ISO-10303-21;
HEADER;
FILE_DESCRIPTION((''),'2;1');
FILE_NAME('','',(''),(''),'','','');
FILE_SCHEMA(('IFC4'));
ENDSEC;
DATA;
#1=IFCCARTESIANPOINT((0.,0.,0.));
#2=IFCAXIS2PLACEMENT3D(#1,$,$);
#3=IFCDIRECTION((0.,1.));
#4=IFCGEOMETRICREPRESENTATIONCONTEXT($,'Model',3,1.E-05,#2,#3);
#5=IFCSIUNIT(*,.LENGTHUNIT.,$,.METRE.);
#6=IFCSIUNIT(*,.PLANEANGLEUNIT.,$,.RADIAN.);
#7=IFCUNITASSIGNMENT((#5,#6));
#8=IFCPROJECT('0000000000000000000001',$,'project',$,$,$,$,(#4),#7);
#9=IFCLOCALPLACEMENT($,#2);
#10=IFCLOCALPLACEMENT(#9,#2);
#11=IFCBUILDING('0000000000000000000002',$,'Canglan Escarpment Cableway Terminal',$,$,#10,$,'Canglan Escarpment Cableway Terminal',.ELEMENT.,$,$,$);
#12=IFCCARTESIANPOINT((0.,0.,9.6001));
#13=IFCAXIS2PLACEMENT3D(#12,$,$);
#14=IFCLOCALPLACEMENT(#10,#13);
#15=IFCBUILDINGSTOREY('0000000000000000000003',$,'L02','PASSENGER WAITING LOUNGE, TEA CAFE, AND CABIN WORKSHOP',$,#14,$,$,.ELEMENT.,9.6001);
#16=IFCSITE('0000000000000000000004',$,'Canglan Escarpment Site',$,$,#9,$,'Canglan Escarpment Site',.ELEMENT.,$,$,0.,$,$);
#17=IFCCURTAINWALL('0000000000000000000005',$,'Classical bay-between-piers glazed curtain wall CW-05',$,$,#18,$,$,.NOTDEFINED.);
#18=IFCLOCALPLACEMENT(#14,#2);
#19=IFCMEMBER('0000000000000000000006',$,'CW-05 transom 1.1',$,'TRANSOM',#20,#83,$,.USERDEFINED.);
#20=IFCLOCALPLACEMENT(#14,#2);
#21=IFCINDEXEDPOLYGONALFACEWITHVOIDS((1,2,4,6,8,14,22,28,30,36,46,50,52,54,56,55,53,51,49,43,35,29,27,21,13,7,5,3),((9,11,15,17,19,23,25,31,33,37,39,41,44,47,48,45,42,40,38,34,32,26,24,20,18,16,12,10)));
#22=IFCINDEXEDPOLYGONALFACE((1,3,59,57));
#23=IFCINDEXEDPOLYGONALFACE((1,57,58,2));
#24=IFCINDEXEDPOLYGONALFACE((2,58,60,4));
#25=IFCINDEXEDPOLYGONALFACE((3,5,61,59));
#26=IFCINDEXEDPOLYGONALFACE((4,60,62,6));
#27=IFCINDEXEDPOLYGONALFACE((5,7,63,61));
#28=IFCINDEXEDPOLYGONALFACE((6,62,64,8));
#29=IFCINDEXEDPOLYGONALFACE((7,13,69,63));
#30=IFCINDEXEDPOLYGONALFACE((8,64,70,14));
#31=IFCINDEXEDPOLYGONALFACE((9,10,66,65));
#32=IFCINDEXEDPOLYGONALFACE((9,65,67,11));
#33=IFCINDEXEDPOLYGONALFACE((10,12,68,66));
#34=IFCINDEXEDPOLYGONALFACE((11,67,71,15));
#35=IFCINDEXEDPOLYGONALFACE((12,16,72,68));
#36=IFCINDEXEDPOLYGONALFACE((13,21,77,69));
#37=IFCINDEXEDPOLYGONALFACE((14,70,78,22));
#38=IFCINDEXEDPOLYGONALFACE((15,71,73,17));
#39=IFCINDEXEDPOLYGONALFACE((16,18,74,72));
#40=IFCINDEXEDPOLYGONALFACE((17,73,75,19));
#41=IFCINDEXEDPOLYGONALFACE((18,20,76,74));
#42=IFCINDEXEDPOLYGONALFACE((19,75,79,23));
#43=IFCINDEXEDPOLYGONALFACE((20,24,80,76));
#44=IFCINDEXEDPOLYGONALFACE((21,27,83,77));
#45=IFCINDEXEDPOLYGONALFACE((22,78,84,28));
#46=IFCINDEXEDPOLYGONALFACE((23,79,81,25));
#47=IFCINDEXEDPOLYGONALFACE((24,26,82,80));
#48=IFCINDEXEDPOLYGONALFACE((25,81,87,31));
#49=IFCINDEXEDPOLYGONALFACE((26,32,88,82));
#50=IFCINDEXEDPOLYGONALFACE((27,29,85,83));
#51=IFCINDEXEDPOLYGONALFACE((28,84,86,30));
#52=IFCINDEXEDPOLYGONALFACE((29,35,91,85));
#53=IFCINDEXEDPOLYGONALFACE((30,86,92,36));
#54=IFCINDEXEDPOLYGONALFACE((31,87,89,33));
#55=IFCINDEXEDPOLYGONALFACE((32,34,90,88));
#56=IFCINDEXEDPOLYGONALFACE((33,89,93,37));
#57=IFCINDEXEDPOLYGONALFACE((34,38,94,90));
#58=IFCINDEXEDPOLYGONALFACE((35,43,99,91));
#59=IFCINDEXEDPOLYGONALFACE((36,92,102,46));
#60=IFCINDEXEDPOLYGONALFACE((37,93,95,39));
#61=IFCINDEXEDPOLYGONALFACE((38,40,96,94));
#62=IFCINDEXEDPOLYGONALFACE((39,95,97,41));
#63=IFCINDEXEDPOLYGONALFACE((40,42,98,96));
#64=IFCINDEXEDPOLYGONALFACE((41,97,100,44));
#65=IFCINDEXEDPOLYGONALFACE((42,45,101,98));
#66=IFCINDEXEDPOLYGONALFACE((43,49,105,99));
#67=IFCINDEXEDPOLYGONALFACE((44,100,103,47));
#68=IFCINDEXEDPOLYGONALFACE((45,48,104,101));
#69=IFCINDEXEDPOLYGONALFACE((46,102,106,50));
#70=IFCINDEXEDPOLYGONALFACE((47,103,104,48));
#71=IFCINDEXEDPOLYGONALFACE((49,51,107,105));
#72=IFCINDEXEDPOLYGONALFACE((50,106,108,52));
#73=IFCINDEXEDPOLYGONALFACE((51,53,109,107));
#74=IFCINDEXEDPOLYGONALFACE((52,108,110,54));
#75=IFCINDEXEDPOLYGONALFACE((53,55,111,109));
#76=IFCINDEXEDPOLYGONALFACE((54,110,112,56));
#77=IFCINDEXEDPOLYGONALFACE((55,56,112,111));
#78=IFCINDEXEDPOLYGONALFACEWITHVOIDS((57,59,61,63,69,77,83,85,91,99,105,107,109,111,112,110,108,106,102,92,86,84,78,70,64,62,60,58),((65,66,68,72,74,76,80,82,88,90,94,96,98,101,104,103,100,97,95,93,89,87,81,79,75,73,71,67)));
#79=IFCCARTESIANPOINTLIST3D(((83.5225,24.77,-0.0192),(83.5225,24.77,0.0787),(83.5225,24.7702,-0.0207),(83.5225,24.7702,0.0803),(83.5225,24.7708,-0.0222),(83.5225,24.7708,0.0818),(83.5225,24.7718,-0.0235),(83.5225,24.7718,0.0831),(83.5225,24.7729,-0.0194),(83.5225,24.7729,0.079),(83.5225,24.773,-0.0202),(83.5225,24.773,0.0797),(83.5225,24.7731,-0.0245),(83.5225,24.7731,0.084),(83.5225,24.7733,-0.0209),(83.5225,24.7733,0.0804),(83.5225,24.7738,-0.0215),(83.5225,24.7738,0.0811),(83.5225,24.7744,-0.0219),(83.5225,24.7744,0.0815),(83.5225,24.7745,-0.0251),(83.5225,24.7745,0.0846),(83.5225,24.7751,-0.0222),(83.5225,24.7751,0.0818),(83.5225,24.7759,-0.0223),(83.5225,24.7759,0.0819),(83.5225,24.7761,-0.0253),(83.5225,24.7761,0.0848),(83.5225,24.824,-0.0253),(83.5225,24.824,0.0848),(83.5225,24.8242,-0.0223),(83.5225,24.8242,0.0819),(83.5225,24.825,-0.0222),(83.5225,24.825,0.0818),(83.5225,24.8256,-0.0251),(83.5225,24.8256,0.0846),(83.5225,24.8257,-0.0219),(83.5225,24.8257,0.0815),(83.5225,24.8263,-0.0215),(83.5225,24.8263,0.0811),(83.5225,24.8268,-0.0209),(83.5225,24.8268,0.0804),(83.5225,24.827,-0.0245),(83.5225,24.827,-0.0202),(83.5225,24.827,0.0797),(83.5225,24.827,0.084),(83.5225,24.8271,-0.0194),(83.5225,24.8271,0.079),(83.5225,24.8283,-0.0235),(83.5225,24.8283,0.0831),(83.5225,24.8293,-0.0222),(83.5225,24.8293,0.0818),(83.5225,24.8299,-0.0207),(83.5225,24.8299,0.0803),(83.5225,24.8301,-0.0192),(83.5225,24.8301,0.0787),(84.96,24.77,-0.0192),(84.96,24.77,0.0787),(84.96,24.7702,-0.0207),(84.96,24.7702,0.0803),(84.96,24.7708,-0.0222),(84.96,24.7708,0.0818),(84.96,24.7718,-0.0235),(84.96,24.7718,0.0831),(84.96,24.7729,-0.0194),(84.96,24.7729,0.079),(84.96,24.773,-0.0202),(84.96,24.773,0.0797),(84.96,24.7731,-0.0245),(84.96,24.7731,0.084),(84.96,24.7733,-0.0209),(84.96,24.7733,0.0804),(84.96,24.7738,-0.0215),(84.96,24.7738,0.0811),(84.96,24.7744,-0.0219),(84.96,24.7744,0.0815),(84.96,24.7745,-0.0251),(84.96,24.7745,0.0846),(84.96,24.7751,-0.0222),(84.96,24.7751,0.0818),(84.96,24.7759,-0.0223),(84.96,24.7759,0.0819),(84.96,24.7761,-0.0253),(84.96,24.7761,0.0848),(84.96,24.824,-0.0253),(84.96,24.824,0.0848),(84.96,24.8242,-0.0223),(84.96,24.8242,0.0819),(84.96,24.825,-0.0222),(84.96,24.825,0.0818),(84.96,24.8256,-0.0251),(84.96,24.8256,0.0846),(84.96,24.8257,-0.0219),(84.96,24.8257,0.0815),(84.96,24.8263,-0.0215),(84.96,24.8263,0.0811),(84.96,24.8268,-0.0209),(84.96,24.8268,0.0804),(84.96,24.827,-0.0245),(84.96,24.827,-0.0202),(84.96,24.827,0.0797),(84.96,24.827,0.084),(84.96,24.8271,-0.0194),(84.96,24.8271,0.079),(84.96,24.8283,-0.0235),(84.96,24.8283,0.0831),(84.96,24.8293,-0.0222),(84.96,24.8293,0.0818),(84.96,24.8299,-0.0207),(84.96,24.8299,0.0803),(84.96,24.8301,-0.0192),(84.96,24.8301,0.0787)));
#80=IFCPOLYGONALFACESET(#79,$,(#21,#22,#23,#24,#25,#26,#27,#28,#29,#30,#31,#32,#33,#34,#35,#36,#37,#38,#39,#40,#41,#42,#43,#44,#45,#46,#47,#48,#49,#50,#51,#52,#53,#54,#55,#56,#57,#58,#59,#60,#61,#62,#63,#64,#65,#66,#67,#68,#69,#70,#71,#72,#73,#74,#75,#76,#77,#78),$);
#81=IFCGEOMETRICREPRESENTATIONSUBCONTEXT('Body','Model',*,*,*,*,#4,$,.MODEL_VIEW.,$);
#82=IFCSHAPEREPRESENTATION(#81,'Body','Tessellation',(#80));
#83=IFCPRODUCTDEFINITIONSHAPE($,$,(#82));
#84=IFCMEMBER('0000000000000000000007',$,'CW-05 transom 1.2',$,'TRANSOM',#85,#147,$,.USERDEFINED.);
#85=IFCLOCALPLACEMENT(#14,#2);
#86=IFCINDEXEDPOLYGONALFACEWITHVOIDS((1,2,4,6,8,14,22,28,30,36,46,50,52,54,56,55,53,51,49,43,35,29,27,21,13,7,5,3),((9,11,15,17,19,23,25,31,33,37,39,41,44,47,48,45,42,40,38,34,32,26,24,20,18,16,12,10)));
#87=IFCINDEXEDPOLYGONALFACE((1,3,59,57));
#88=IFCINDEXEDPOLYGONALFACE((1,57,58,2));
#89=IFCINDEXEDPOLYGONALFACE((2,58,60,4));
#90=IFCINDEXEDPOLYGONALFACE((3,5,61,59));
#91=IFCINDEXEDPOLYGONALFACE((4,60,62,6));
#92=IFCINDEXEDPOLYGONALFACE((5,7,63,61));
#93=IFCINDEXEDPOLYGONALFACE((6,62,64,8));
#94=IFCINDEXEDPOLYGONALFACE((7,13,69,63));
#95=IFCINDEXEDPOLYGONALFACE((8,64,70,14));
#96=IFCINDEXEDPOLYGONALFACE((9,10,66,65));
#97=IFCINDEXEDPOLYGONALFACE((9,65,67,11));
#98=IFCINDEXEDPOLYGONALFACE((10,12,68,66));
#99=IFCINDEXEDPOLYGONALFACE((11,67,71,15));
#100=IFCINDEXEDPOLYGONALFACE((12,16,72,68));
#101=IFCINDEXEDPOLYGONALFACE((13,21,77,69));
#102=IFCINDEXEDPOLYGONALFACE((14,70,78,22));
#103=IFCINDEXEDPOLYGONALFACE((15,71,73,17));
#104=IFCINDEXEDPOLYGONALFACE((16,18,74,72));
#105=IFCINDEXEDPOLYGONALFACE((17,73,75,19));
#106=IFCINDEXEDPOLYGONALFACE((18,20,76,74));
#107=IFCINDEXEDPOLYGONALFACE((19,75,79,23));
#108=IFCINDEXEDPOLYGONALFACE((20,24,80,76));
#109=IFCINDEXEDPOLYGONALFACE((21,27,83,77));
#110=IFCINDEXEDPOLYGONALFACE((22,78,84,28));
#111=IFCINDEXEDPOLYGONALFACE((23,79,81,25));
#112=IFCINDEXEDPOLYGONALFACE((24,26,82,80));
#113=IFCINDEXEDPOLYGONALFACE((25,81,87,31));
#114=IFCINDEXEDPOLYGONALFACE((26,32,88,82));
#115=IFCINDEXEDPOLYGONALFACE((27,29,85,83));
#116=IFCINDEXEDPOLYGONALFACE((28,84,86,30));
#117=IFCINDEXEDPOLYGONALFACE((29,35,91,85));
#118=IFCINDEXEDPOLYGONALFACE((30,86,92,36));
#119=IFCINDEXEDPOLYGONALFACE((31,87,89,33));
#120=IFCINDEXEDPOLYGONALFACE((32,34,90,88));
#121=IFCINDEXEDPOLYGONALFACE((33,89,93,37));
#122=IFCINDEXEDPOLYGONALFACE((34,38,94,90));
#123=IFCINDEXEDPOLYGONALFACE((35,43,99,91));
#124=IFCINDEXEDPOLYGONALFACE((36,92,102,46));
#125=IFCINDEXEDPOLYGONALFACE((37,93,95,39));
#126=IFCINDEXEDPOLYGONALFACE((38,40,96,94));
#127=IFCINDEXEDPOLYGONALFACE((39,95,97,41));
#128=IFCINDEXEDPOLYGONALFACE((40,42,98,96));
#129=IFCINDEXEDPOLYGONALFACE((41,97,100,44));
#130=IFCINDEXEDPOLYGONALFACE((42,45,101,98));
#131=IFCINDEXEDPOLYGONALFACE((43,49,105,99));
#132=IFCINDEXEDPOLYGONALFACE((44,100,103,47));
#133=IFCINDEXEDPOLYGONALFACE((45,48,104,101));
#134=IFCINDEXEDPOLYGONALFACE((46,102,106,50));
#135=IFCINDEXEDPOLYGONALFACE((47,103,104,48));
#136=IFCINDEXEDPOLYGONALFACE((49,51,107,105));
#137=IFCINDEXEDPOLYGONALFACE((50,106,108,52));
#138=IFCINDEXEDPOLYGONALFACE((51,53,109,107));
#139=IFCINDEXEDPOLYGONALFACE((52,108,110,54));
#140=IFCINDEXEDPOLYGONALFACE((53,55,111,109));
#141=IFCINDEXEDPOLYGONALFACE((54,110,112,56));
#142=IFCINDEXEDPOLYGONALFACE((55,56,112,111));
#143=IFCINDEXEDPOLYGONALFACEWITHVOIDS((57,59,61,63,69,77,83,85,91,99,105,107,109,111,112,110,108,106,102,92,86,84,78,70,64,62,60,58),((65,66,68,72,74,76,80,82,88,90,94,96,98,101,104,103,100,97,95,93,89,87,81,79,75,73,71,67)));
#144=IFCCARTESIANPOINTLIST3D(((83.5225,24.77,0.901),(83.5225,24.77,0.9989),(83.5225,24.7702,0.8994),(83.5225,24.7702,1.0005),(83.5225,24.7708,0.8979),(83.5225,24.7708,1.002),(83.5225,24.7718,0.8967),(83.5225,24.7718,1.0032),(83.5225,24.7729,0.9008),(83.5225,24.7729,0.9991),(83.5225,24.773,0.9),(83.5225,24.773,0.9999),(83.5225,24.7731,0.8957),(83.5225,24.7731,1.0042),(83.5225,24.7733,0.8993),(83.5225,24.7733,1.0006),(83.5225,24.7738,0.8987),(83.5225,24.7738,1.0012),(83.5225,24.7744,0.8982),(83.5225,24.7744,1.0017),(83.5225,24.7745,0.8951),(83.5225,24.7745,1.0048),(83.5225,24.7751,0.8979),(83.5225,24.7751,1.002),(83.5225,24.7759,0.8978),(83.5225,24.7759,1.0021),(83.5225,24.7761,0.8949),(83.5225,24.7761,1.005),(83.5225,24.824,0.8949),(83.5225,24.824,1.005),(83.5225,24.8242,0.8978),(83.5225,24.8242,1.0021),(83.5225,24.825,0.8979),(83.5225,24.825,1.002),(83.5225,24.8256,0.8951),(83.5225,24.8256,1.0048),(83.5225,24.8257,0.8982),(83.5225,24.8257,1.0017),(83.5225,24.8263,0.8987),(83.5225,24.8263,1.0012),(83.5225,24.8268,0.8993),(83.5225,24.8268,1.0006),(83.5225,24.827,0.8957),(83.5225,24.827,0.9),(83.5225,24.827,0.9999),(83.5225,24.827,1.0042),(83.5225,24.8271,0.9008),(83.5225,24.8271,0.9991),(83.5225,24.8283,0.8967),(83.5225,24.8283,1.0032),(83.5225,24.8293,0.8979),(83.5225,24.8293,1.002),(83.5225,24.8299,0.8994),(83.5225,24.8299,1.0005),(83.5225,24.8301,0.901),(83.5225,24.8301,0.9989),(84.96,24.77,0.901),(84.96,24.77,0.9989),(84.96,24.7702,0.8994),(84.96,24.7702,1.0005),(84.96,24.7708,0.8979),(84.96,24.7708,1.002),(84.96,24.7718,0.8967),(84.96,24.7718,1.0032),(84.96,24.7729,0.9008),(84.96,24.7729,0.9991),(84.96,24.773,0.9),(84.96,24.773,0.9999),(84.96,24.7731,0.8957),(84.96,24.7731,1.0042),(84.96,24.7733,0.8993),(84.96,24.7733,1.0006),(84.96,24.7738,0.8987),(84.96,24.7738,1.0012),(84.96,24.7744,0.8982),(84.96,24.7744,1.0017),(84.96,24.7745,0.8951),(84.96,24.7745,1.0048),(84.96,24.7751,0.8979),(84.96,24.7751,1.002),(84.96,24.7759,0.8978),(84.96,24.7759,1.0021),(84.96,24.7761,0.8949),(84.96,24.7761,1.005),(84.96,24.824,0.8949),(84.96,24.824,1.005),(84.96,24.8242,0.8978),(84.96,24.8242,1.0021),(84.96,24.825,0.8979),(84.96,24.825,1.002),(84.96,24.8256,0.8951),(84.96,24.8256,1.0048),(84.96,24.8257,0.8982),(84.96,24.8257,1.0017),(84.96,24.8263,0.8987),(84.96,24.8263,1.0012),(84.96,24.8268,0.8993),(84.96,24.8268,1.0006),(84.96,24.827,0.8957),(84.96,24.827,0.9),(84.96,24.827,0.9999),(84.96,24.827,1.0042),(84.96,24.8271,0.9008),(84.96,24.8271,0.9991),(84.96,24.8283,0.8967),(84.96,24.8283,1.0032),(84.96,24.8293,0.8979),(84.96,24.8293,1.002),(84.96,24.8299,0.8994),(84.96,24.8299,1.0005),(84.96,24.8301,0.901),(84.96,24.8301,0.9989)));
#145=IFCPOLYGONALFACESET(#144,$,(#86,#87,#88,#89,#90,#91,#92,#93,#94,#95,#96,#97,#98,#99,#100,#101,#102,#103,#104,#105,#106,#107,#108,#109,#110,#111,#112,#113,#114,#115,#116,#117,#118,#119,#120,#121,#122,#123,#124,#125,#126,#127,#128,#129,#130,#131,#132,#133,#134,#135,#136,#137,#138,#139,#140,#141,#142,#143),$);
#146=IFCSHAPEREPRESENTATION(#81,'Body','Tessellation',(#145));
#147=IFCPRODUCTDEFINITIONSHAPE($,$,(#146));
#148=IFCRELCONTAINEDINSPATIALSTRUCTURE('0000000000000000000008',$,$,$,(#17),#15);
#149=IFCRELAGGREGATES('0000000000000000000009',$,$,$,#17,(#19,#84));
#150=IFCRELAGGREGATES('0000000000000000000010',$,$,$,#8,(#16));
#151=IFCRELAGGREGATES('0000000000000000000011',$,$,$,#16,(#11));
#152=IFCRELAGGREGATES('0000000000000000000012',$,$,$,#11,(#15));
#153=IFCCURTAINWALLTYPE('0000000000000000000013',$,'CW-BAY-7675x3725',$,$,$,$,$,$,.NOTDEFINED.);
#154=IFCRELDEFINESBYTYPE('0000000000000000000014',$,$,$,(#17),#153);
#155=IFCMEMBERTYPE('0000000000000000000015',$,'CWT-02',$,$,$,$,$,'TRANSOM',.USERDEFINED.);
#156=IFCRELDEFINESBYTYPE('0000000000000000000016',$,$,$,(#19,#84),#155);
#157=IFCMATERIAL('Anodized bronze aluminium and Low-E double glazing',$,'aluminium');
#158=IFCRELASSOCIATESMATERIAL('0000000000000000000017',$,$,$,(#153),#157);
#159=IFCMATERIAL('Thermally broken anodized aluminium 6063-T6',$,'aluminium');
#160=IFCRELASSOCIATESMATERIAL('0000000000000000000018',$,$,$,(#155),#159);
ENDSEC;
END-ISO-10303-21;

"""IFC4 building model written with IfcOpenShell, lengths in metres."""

from ifc_helpers import new_model, si_unit, direction, frame, origin, origin_2d, place, context, subcontext, project, spatial, hollow_rectangle, extrude, material, material_profile, profile_set, type_object, element, aggregate, save


model = new_model("IFC4")

# Units and contexts
model_context = context("Model", 3, precision=1e-05, world=origin(), true_north=direction((0.0, 1.0)))
body_context = subcontext(model_context, "Body", "Model", "MODEL_VIEW")
ifc_project = project(units=[si_unit("LENGTHUNIT", "METRE"), si_unit("PLANEANGLEUNIT", "RADIAN")], contexts=[model_context])

# Site, building, storey
site_placement = place(None, origin())
site = spatial("IfcSite", under=ifc_project, at=site_placement, Name="Canglan Escarpment Site", LongName="Canglan Escarpment Site", CompositionType="ELEMENT", RefElevation=0.0)
building_placement = place(site_placement, origin())
building = spatial("IfcBuilding", under=site, at=building_placement, Name="Canglan Escarpment Cableway Terminal", LongName="Canglan Escarpment Cableway Terminal", CompositionType="ELEMENT")
storey_placement = place(building_placement, frame((0.0, 0.0, 9.6001)))
storey = spatial("IfcBuildingStorey", under=building, at=storey_placement, Name="L02", Description="PASSENGER WAITING LOUNGE, TEA CAFE, AND CABIN WORKSHOP", CompositionType="ELEMENT", Elevation=9.6001)

# Curtain wall
ifc_material_1 = material(Name="Anodized bronze aluminium and Low-E double glazing", Category="aluminium")
curtain_wall_type = type_object("IfcCurtainWallType", Name="CW-BAY-7675x3725", PredefinedType="NOTDEFINED", material=ifc_material_1)
curtain_wall_1_placement = place(storey_placement, origin())
curtain_wall_1 = element("IfcCurtainWall", 1, at=curtain_wall_1_placement, inside=storey, type_object=curtain_wall_type, Name="Classical bay-between-piers glazed curtain wall CW-05", PredefinedType="NOTDEFINED")
ifc_material_2 = material(Name="Thermally broken anodized aluminium 6063-T6", Category="aluminium")

# Members
ifc_material_profile_1 = material_profile(ifc_material_2, hollow_rectangle(XDim=0.0601, YDim=0.1101, WallThickness=0.0029, InnerFilletRadius=0.0029, OuterFilletRadius=0.0061, at=origin_2d()), Name="ALU-TRAN 60x110x3")
ifc_profile_set_1 = profile_set([ifc_material_profile_1], Name="Thermally broken anodized aluminium 6063-T6")
member_type_1 = type_object("IfcMemberType", Name="CWT-02", ElementType="TRANSOM", PredefinedType="USERDEFINED", material=ifc_profile_set_1)
member_1_placement = place(storey_placement, frame((84.96, 24.8, 0.0298), z_axis=(-1.0, 0.0, 0.0), x_axis=(0.0, -1.0, 0.0)))
member_1 = element("IfcMember", 2, at=member_1_placement, type_object=member_type_1, Name="CW-05 transom 1.1", ObjectType="TRANSOM", PredefinedType="USERDEFINED", context=body_context, shape_type="SweptSolid", body=[
    extrude(hollow_rectangle(XDim=0.0601, YDim=0.1101, WallThickness=0.0029, InnerFilletRadius=0.0029, OuterFilletRadius=0.0061, at=origin_2d()), origin(), (0.0, 0.0, 1.0), 1.4375),
])
member_2_placement = place(storey_placement, frame((84.96, 24.8, 0.95), z_axis=(-1.0, 0.0, 0.0), x_axis=(0.0, -1.0, 0.0)))
member_2 = element("IfcMember", 3, at=member_2_placement, type_object=member_type_1, Name="CW-05 transom 1.2", ObjectType="TRANSOM", PredefinedType="USERDEFINED", context=body_context, shape_type="SweptSolid", body=[
    extrude(hollow_rectangle(XDim=0.0601, YDim=0.1101, WallThickness=0.0029, InnerFilletRadius=0.0029, OuterFilletRadius=0.0061, at=origin_2d()), origin(), (0.0, 0.0, 1.0), 1.4375),
])

aggregate(curtain_wall_1, [member_1, member_2])

save(model, "model.ifc")
